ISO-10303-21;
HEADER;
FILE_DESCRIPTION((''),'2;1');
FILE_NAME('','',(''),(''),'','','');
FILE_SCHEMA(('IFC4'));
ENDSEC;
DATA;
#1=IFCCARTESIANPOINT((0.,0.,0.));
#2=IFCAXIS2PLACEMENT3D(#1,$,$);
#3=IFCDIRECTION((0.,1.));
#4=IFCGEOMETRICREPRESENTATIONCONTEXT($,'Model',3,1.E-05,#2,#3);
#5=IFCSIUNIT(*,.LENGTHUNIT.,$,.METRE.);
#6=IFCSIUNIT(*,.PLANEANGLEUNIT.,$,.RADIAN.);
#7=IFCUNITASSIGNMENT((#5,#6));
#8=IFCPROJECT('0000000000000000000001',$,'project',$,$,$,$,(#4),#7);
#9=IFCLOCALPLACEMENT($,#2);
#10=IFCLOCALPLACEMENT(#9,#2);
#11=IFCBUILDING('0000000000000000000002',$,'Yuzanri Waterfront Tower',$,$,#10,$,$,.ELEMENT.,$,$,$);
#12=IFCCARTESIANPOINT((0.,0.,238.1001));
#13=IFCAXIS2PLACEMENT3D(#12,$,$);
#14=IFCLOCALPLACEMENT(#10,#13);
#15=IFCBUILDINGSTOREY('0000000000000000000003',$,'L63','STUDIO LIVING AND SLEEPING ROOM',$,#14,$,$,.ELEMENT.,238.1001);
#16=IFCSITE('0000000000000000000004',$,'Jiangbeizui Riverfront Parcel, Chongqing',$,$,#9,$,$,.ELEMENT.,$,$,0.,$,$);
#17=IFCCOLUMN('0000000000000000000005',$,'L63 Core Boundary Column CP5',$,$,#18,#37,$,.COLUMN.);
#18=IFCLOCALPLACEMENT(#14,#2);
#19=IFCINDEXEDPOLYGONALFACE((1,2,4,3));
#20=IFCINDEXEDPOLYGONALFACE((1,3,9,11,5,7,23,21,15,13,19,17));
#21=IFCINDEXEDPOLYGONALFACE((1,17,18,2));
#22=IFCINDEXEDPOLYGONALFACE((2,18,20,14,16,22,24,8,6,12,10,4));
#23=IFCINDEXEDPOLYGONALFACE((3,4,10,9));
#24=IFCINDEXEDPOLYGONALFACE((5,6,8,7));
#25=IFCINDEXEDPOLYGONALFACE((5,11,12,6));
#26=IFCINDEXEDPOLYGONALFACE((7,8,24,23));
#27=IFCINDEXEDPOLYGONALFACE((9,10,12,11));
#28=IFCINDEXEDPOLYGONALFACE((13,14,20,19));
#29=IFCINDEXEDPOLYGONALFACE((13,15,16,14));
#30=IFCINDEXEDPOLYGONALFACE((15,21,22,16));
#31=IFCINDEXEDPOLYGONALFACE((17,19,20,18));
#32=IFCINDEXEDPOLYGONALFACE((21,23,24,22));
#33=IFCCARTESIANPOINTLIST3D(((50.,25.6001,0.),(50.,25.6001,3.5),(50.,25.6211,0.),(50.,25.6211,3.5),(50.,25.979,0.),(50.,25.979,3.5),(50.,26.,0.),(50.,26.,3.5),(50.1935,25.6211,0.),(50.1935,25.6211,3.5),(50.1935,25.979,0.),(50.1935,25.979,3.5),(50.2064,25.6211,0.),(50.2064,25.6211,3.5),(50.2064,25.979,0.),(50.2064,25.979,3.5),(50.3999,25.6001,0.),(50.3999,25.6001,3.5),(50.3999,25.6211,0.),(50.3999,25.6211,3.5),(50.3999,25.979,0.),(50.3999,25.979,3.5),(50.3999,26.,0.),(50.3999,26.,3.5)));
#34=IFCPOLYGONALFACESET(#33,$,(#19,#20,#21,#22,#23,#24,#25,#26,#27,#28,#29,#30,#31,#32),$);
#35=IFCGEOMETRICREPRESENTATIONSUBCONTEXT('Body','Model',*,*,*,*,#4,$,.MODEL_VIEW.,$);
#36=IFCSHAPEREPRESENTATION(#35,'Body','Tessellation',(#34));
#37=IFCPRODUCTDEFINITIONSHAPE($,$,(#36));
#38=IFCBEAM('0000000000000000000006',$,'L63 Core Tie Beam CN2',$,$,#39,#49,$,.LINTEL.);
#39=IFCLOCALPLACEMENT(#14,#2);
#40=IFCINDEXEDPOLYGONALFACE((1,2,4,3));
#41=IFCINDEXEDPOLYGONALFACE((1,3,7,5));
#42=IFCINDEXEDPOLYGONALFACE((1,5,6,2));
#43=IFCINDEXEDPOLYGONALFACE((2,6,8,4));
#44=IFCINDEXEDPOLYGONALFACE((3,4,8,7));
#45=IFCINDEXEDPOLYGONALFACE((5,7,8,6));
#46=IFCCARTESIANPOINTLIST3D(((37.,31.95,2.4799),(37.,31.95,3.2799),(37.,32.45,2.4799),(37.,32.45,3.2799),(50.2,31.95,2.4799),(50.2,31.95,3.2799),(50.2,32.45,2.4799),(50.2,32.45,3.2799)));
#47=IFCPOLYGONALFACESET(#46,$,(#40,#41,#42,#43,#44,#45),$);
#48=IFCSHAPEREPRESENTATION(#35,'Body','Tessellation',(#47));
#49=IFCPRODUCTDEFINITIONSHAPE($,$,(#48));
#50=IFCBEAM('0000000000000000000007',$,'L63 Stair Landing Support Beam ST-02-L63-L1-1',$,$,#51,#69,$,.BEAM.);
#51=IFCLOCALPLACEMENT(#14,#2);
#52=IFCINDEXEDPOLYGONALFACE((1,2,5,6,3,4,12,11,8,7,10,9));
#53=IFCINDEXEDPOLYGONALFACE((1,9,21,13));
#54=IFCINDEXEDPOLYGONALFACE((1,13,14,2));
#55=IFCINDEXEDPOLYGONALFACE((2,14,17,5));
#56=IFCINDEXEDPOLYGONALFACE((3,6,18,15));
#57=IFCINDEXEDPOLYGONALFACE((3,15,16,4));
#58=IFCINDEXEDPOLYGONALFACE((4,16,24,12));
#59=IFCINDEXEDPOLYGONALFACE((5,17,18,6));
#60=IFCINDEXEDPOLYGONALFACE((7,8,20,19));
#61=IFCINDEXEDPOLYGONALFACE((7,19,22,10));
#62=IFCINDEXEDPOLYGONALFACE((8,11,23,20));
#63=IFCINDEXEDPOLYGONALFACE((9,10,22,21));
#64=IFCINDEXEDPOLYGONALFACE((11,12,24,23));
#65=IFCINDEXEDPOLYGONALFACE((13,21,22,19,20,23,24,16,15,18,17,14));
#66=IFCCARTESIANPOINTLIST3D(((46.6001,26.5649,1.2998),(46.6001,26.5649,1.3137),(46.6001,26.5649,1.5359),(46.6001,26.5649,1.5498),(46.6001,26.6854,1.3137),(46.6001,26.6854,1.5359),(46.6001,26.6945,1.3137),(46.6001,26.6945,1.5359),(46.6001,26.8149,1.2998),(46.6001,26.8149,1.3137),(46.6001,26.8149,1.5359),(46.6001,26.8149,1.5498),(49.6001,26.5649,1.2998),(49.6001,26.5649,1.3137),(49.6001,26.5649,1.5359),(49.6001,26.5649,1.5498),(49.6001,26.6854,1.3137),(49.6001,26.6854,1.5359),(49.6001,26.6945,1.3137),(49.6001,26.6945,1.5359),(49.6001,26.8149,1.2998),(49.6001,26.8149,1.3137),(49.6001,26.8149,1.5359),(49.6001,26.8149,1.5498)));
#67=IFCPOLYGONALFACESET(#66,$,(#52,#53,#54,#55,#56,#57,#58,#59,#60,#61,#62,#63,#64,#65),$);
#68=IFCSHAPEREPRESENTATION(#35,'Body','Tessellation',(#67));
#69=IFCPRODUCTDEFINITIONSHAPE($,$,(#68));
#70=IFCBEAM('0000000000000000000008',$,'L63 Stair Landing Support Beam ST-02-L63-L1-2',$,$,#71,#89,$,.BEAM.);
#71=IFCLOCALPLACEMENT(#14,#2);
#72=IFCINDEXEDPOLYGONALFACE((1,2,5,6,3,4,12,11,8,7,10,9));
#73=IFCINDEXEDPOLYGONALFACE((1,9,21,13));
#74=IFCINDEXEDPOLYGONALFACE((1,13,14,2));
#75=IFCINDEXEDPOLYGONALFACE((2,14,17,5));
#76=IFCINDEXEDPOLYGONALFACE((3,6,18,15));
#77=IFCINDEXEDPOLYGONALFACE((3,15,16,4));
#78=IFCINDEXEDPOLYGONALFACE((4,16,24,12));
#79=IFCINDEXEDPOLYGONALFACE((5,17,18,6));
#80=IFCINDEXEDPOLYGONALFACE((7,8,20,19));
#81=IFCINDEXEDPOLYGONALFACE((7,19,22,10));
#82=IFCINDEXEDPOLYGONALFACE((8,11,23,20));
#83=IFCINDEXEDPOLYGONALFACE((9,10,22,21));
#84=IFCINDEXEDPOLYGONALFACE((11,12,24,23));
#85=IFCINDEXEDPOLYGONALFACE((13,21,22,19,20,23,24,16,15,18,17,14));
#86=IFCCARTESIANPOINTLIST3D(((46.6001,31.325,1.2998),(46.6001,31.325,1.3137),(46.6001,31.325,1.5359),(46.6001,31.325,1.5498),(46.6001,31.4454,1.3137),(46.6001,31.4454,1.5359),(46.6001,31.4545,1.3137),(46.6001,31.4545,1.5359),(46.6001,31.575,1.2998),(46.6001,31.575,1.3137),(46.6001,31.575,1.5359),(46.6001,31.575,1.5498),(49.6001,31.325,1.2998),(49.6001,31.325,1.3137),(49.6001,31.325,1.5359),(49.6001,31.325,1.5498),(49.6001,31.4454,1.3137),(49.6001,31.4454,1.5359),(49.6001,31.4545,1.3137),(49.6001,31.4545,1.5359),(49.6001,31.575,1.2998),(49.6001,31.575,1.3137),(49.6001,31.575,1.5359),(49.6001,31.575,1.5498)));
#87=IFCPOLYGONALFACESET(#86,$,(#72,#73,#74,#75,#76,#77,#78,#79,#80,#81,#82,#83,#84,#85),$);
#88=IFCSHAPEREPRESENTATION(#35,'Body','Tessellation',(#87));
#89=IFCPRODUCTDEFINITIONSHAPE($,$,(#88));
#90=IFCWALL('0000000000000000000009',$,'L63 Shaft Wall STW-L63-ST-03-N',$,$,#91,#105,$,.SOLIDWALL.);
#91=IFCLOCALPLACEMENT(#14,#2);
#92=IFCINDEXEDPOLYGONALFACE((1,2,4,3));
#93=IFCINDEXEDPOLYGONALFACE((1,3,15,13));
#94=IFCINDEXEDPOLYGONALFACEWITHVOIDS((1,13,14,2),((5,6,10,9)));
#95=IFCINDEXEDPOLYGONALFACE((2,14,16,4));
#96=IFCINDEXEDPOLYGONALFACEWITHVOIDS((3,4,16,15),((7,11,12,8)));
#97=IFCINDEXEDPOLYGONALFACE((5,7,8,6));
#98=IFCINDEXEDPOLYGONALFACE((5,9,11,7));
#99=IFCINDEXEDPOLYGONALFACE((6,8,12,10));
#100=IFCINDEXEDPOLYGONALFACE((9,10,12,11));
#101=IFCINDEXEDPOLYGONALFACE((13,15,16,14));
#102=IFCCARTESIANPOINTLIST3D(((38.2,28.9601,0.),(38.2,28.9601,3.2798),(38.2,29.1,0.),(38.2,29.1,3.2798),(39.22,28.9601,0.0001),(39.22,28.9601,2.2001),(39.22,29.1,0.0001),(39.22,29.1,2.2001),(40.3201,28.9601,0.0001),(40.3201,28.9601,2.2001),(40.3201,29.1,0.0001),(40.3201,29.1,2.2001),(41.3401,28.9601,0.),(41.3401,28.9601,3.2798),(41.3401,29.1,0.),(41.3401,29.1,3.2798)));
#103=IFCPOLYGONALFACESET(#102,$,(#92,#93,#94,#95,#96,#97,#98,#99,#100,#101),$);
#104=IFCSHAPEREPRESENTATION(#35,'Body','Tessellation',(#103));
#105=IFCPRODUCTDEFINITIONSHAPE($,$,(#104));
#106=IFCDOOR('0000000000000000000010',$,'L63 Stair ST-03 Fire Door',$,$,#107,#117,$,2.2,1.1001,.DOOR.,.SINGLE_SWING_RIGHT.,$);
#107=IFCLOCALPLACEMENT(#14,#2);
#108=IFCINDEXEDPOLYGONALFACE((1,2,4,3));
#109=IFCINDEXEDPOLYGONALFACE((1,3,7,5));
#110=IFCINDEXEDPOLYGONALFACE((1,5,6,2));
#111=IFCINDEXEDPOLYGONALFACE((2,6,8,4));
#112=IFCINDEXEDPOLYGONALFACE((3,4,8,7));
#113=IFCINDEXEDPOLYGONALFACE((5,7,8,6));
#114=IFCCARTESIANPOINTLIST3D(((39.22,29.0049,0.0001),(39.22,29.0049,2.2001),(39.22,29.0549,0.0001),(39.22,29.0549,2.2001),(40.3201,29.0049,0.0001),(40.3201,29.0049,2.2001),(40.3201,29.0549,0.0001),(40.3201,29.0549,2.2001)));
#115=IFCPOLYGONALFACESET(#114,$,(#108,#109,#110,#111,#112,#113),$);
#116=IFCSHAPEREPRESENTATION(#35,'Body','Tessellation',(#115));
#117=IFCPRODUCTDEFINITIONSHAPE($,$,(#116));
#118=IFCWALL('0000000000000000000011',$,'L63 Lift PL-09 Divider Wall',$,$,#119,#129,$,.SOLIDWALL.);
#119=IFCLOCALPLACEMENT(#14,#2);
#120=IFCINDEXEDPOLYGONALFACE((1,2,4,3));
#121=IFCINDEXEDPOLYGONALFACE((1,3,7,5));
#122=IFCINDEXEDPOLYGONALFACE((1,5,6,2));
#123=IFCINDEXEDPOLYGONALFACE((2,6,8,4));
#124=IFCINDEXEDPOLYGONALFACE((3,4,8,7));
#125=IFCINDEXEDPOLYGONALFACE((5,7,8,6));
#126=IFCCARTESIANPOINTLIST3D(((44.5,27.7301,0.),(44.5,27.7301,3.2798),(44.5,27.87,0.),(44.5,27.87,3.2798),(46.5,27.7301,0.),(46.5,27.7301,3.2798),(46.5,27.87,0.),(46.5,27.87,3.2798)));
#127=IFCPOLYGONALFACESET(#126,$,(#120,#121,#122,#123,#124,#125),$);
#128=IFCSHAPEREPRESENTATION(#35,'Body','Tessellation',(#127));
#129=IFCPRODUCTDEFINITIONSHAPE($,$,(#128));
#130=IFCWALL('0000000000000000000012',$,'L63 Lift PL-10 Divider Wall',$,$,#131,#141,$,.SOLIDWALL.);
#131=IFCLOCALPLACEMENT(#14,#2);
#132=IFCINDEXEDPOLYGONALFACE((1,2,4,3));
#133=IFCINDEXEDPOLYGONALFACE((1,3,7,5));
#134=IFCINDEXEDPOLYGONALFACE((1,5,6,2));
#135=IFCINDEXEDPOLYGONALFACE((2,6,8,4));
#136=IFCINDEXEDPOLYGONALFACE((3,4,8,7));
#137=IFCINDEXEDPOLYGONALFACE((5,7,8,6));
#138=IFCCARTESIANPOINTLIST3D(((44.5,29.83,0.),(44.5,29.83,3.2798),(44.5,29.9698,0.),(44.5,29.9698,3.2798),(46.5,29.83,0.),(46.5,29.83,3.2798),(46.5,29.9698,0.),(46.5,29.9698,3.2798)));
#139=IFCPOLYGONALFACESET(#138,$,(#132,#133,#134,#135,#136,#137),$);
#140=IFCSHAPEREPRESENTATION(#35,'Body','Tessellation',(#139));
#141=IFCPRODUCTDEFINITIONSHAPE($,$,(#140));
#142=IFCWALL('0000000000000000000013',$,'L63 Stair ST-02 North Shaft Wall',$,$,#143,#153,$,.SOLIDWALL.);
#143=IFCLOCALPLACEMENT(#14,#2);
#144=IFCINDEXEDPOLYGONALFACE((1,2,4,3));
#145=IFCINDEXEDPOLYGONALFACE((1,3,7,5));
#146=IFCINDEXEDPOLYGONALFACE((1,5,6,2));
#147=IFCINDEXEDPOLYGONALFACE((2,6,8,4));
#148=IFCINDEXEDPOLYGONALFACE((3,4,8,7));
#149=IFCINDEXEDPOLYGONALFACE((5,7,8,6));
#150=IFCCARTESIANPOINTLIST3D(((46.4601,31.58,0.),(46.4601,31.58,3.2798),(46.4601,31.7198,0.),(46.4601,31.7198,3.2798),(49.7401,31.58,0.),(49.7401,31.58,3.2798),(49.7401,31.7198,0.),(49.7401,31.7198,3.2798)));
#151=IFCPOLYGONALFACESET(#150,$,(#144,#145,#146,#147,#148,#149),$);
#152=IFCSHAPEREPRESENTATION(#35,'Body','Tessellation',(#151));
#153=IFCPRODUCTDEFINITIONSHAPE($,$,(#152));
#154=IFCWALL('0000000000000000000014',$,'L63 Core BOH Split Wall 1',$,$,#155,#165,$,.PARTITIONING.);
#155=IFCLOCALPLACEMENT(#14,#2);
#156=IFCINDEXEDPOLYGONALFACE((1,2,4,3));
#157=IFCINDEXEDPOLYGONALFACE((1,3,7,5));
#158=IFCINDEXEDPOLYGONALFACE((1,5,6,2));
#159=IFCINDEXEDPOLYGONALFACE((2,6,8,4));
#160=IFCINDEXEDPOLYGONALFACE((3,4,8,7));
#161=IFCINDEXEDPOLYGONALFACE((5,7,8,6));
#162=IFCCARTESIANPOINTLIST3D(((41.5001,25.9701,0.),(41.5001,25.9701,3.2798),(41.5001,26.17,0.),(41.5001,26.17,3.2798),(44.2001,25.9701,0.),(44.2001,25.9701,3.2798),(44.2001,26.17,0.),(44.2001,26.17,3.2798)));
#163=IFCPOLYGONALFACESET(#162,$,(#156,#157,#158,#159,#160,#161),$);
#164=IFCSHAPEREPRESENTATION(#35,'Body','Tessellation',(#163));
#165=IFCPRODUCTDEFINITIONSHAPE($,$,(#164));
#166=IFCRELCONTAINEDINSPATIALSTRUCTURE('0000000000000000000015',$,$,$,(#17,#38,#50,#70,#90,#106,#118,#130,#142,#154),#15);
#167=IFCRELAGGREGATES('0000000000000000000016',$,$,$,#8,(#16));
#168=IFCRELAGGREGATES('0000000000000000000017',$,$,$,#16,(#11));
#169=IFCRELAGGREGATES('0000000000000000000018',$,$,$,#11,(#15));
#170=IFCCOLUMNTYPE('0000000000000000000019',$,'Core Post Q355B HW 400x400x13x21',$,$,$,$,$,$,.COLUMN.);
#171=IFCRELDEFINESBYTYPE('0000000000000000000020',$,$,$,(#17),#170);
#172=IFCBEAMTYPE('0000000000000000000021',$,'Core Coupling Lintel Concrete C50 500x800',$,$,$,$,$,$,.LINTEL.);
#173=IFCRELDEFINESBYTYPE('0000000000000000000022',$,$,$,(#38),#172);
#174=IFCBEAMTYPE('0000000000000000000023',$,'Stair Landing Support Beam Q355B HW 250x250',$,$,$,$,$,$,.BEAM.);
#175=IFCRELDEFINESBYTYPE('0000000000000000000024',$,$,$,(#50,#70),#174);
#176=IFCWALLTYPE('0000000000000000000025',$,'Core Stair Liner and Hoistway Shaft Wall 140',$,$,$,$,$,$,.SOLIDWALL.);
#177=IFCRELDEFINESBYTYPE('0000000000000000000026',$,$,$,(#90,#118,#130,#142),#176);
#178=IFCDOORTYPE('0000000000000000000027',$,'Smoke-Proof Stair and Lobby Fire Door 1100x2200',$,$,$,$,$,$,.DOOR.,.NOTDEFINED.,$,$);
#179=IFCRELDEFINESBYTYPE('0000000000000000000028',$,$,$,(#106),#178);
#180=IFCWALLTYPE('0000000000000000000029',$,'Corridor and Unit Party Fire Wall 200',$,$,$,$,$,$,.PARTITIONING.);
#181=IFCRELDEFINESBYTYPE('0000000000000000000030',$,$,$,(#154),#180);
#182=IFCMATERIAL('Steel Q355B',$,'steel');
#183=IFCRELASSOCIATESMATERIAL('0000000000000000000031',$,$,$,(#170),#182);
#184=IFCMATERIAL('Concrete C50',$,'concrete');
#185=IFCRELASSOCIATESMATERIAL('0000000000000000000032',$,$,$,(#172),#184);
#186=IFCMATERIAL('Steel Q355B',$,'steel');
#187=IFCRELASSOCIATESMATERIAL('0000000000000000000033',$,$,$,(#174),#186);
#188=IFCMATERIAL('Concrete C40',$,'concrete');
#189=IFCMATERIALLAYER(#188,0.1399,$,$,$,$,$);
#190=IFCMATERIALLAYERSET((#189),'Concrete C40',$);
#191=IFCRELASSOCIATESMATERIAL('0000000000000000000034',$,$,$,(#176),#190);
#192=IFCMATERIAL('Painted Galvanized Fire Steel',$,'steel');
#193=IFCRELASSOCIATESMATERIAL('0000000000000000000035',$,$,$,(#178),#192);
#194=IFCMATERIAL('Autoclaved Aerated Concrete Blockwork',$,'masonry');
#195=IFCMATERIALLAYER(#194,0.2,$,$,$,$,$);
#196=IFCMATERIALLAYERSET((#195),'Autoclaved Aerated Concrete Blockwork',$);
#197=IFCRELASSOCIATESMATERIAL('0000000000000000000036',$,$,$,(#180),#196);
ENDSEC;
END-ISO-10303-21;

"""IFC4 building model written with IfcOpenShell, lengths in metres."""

from ifc_helpers import new_model, si_unit, direction, frame, frame_2d, origin, origin_2d, place, context, subcontext, project, spatial, rectangle, i_section, extrude, source, transform, mapped, material, layer, layer_set, material_profile, profile_set, type_object, element, fill, save


model = new_model("IFC4")

# Units and contexts
model_context = context("Model", 3, precision=1e-05, world=origin(), true_north=direction((0.0, 1.0)))
body_context = subcontext(model_context, "Body", "Model", "MODEL_VIEW")
ifc_project = project(units=[si_unit("LENGTHUNIT", "METRE"), si_unit("PLANEANGLEUNIT", "RADIAN")], contexts=[model_context])

# Site, building, storey
site_placement = place(None, origin())
site = spatial("IfcSite", under=ifc_project, at=site_placement, Name="Jiangbeizui Riverfront Parcel, Chongqing", CompositionType="ELEMENT", RefElevation=0.0)
building_placement = place(site_placement, origin())
building = spatial("IfcBuilding", under=site, at=building_placement, Name="Yuzanri Waterfront Tower", CompositionType="ELEMENT")
storey_placement = place(building_placement, frame((0.0, 0.0, 238.1001)))
storey = spatial("IfcBuildingStorey", under=building, at=storey_placement, Name="L63", Description="STUDIO LIVING AND SLEEPING ROOM", CompositionType="ELEMENT", Elevation=238.1001)

# Column
ifc_material_1 = material(Name="Steel Q355B", Category="steel")
ifc_material_profile_1 = material_profile(ifc_material_1, i_section(OverallWidth=0.3999, OverallDepth=0.3999, WebThickness=0.0129, FlangeThickness=0.021, at=origin_2d()), Name="HW 400x400x13x21")
ifc_profile_set_1 = profile_set([ifc_material_profile_1], Name="Steel Q355B")
column_type = type_object("IfcColumnType", Name="Core Post Q355B HW 400x400x13x21", PredefinedType="COLUMN", material=ifc_profile_set_1)
shared_shape_1 = source(origin(), body_context, "Body", "SweptSolid", [
    extrude(i_section(OverallWidth=0.3999, OverallDepth=0.3999, WebThickness=0.0129, FlangeThickness=0.021, at=origin_2d()), origin(), (0.0, 0.0, 1.0), 3.5),
])
column_placement = place(storey_placement, frame((50.2, 25.8, 0.0), z_axis=(0.0, 0.0, 1.0), x_axis=(1.0, 0.0, 0.0)))
element("IfcColumn", 1, at=column_placement, inside=storey, type_object=column_type, Name="L63 Core Boundary Column CP5", PredefinedType="COLUMN", context=body_context, shape_type="MappedRepresentation", body=[
    mapped(shared_shape_1, transform((0.0, 0.0, 0.0), scale=1.0)),
])

# Beams
ifc_material_2 = material(Name="Concrete C50", Category="concrete")
ifc_material_profile_2 = material_profile(ifc_material_2, rectangle(XDim=0.5, YDim=0.8, at=origin_2d()), Name="RC 500x800")
ifc_profile_set_2 = profile_set([ifc_material_profile_2], Name="Concrete C50")
beam_type_1 = type_object("IfcBeamType", Name="Core Coupling Lintel Concrete C50 500x800", PredefinedType="LINTEL", material=ifc_profile_set_2)
shared_shape_2 = source(origin(), body_context, "Body", "SweptSolid", [
    extrude(rectangle(XDim=0.5, YDim=0.8, at=origin_2d()), origin(), (0.0, 0.0, 1.0), 13.2),
])
beam_placement = place(storey_placement, frame((37.0, 32.2, 2.8799), z_axis=(1.0, 0.0, 0.0), x_axis=(0.0, 1.0, 0.0)))
element("IfcBeam", 2, at=beam_placement, inside=storey, type_object=beam_type_1, Name="L63 Core Tie Beam CN2", PredefinedType="LINTEL", context=body_context, shape_type="MappedRepresentation", body=[
    mapped(shared_shape_2, transform((0.0, 0.0, 0.0), scale=1.0)),
])
ifc_material_3 = material(Name="Steel Q355B", Category="steel")
ifc_material_profile_3 = material_profile(ifc_material_3, i_section(OverallWidth=0.25, OverallDepth=0.25, WebThickness=0.009, FlangeThickness=0.0139, at=origin_2d()), Name="HW 250x250x9x14")
ifc_profile_set_3 = profile_set([ifc_material_profile_3], Name="Steel Q355B")
beam_type_2 = type_object("IfcBeamType", Name="Stair Landing Support Beam Q355B HW 250x250", PredefinedType="BEAM", material=ifc_profile_set_3)
shared_shape_3 = source(origin(), body_context, "Body", "SweptSolid", [
    extrude(i_section(OverallWidth=0.25, OverallDepth=0.25, WebThickness=0.009, FlangeThickness=0.0139, at=origin_2d()), origin(), (0.0, 0.0, 1.0), 3.0),
])
for number, where, z_axis, x_axis, name in (
    (3, (46.6001, 26.6899, 1.4248), (1.0, 0.0, 0.0), (0.0, 1.0, 0.0), "L63 Stair Landing Support Beam ST-02-L63-L1-1"),
    (4, (46.6001, 31.45, 1.4248), (1.0, 0.0, 0.0), (0.0, 1.0, 0.0), "L63 Stair Landing Support Beam ST-02-L63-L1-2"),
):
    element("IfcBeam", number, at=place(storey_placement, frame(where, z_axis=z_axis, x_axis=x_axis)), inside=storey, type_object=beam_type_2, Name=name, PredefinedType="BEAM", context=body_context, shape_type="MappedRepresentation", body=[
        mapped(shared_shape_3, transform((0.0, 0.0, 0.0), scale=1.0)),
    ])

# Wall, opening, door
ifc_material_4 = material(Name="Concrete C40", Category="concrete")
ifc_layer_1 = layer(ifc_material_4, 0.1399)
ifc_layer_set_1 = layer_set([ifc_layer_1], Name="Concrete C40")
wall_type_1 = type_object("IfcWallType", Name="Core Stair Liner and Hoistway Shaft Wall 140", PredefinedType="SOLIDWALL", material=ifc_layer_set_1)
wall_1_placement = place(storey_placement, frame((38.2, 29.03, 0.0), z_axis=(0.0, 0.0, 1.0), x_axis=(1.0, 0.0, 0.0)))
wall_1 = element("IfcWall", 5, at=wall_1_placement, inside=storey, type_object=wall_type_1, Name="L63 Shaft Wall STW-L63-ST-03-N", PredefinedType="SOLIDWALL", context=body_context, shape_type="SweptSolid", body=[
    extrude(rectangle(XDim=3.1401, YDim=0.1399, at=frame_2d((1.5701, 0.0))), origin(), (0.0, 0.0, 1.0), 3.2798),
])
opening_placement = place(wall_1_placement, frame((1.02, 0.0, 0.0)))
opening = element("IfcOpeningElement", 6, at=opening_placement, cuts=wall_1, PredefinedType="OPENING", context=body_context, shape_type="SweptSolid", body=[
    extrude(rectangle(XDim=1.1001, YDim=2.2, at=frame_2d((0.55, 1.1001))), frame((0.0, 0.085, 0.0), z_axis=(0.0, -1.0, 0.0), x_axis=(1.0, 0.0, 0.0)), (0.0, 0.0, 1.0), 0.1697),
])
ifc_material_5 = material(Name="Painted Galvanized Fire Steel", Category="steel")
door_type = type_object("IfcDoorType", Name="Smoke-Proof Stair and Lobby Fire Door 1100x2200", OperationType="NOTDEFINED", PredefinedType="DOOR", material=ifc_material_5)
shared_shape_4 = source(origin(), body_context, "Body", "SweptSolid", [
    extrude(rectangle(XDim=1.1001, YDim=2.2, at=frame_2d((0.55, 1.1001))), frame((0.0, 0.0249, 0.0), z_axis=(0.0, -1.0, 0.0), x_axis=(1.0, 0.0, 0.0)), (0.0, 0.0, 1.0), 0.05),
])
door_placement = place(opening_placement, origin())
door = element("IfcDoor", 7, at=door_placement, inside=storey, type_object=door_type, Name="L63 Stair ST-03 Fire Door", OperationType="SINGLE_SWING_RIGHT", OverallHeight=2.2, OverallWidth=1.1001, PredefinedType="DOOR", context=body_context, shape_type="MappedRepresentation", body=[
    mapped(shared_shape_4, transform((0.0, 0.0, 0.0), scale=1.0)),
])
fill(opening, door)

# Walls
shared_shape_5 = source(origin(), body_context, "Body", "SweptSolid", [
    extrude(rectangle(XDim=2.0, YDim=0.1399, at=frame_2d((1.0, 0.0))), origin(), (0.0, 0.0, 1.0), 3.2798),
])
for number, where, z_axis, x_axis, name in (
    (8, (44.5, 27.8, 0.0), (0.0, 0.0, 1.0), (1.0, 0.0, 0.0), "L63 Lift PL-09 Divider Wall"),
    (9, (44.5, 29.8999, 0.0), (0.0, 0.0, 1.0), (1.0, 0.0, 0.0), "L63 Lift PL-10 Divider Wall"),
):
    element("IfcWall", number, at=place(storey_placement, frame(where, z_axis=z_axis, x_axis=x_axis)), inside=storey, type_object=wall_type_1, Name=name, PredefinedType="SOLIDWALL", context=body_context, shape_type="MappedRepresentation", body=[
        mapped(shared_shape_5, transform((0.0, 0.0, 0.0), scale=1.0)),
    ])
shared_shape_6 = source(origin(), body_context, "Body", "SweptSolid", [
    extrude(rectangle(XDim=3.28, YDim=0.1399, at=frame_2d((1.6401, 0.0))), origin(), (0.0, 0.0, 1.0), 3.2798),
])
wall_2_placement = place(storey_placement, frame((46.46, 31.6499, 0.0), z_axis=(0.0, 0.0, 1.0), x_axis=(1.0, 0.0, 0.0)))
element("IfcWall", 10, at=wall_2_placement, inside=storey, type_object=wall_type_1, Name="L63 Stair ST-02 North Shaft Wall", PredefinedType="SOLIDWALL", context=body_context, shape_type="MappedRepresentation", body=[
    mapped(shared_shape_6, transform((0.0, 0.0, 0.0), scale=1.0)),
])
ifc_material_6 = material(Name="Autoclaved Aerated Concrete Blockwork", Category="masonry")
ifc_layer_2 = layer(ifc_material_6, 0.2)
ifc_layer_set_2 = layer_set([ifc_layer_2], Name="Autoclaved Aerated Concrete Blockwork")
wall_type_2 = type_object("IfcWallType", Name="Corridor and Unit Party Fire Wall 200", PredefinedType="PARTITIONING", material=ifc_layer_set_2)
shared_shape_7 = source(origin(), body_context, "Body", "SweptSolid", [
    extrude(rectangle(XDim=2.7, YDim=0.2, at=frame_2d((1.3501, 0.0))), origin(), (0.0, 0.0, 1.0), 3.2798),
])
wall_3_placement = place(storey_placement, frame((41.5, 26.0701, 0.0), z_axis=(0.0, 0.0, 1.0), x_axis=(1.0, 0.0, 0.0)))
element("IfcWall", 11, at=wall_3_placement, inside=storey, type_object=wall_type_2, Name="L63 Core BOH Split Wall 1", PredefinedType="PARTITIONING", context=body_context, shape_type="MappedRepresentation", body=[
    mapped(shared_shape_7, transform((0.0, 0.0, 0.0), scale=1.0)),
])

save(model, "model.ifc")
